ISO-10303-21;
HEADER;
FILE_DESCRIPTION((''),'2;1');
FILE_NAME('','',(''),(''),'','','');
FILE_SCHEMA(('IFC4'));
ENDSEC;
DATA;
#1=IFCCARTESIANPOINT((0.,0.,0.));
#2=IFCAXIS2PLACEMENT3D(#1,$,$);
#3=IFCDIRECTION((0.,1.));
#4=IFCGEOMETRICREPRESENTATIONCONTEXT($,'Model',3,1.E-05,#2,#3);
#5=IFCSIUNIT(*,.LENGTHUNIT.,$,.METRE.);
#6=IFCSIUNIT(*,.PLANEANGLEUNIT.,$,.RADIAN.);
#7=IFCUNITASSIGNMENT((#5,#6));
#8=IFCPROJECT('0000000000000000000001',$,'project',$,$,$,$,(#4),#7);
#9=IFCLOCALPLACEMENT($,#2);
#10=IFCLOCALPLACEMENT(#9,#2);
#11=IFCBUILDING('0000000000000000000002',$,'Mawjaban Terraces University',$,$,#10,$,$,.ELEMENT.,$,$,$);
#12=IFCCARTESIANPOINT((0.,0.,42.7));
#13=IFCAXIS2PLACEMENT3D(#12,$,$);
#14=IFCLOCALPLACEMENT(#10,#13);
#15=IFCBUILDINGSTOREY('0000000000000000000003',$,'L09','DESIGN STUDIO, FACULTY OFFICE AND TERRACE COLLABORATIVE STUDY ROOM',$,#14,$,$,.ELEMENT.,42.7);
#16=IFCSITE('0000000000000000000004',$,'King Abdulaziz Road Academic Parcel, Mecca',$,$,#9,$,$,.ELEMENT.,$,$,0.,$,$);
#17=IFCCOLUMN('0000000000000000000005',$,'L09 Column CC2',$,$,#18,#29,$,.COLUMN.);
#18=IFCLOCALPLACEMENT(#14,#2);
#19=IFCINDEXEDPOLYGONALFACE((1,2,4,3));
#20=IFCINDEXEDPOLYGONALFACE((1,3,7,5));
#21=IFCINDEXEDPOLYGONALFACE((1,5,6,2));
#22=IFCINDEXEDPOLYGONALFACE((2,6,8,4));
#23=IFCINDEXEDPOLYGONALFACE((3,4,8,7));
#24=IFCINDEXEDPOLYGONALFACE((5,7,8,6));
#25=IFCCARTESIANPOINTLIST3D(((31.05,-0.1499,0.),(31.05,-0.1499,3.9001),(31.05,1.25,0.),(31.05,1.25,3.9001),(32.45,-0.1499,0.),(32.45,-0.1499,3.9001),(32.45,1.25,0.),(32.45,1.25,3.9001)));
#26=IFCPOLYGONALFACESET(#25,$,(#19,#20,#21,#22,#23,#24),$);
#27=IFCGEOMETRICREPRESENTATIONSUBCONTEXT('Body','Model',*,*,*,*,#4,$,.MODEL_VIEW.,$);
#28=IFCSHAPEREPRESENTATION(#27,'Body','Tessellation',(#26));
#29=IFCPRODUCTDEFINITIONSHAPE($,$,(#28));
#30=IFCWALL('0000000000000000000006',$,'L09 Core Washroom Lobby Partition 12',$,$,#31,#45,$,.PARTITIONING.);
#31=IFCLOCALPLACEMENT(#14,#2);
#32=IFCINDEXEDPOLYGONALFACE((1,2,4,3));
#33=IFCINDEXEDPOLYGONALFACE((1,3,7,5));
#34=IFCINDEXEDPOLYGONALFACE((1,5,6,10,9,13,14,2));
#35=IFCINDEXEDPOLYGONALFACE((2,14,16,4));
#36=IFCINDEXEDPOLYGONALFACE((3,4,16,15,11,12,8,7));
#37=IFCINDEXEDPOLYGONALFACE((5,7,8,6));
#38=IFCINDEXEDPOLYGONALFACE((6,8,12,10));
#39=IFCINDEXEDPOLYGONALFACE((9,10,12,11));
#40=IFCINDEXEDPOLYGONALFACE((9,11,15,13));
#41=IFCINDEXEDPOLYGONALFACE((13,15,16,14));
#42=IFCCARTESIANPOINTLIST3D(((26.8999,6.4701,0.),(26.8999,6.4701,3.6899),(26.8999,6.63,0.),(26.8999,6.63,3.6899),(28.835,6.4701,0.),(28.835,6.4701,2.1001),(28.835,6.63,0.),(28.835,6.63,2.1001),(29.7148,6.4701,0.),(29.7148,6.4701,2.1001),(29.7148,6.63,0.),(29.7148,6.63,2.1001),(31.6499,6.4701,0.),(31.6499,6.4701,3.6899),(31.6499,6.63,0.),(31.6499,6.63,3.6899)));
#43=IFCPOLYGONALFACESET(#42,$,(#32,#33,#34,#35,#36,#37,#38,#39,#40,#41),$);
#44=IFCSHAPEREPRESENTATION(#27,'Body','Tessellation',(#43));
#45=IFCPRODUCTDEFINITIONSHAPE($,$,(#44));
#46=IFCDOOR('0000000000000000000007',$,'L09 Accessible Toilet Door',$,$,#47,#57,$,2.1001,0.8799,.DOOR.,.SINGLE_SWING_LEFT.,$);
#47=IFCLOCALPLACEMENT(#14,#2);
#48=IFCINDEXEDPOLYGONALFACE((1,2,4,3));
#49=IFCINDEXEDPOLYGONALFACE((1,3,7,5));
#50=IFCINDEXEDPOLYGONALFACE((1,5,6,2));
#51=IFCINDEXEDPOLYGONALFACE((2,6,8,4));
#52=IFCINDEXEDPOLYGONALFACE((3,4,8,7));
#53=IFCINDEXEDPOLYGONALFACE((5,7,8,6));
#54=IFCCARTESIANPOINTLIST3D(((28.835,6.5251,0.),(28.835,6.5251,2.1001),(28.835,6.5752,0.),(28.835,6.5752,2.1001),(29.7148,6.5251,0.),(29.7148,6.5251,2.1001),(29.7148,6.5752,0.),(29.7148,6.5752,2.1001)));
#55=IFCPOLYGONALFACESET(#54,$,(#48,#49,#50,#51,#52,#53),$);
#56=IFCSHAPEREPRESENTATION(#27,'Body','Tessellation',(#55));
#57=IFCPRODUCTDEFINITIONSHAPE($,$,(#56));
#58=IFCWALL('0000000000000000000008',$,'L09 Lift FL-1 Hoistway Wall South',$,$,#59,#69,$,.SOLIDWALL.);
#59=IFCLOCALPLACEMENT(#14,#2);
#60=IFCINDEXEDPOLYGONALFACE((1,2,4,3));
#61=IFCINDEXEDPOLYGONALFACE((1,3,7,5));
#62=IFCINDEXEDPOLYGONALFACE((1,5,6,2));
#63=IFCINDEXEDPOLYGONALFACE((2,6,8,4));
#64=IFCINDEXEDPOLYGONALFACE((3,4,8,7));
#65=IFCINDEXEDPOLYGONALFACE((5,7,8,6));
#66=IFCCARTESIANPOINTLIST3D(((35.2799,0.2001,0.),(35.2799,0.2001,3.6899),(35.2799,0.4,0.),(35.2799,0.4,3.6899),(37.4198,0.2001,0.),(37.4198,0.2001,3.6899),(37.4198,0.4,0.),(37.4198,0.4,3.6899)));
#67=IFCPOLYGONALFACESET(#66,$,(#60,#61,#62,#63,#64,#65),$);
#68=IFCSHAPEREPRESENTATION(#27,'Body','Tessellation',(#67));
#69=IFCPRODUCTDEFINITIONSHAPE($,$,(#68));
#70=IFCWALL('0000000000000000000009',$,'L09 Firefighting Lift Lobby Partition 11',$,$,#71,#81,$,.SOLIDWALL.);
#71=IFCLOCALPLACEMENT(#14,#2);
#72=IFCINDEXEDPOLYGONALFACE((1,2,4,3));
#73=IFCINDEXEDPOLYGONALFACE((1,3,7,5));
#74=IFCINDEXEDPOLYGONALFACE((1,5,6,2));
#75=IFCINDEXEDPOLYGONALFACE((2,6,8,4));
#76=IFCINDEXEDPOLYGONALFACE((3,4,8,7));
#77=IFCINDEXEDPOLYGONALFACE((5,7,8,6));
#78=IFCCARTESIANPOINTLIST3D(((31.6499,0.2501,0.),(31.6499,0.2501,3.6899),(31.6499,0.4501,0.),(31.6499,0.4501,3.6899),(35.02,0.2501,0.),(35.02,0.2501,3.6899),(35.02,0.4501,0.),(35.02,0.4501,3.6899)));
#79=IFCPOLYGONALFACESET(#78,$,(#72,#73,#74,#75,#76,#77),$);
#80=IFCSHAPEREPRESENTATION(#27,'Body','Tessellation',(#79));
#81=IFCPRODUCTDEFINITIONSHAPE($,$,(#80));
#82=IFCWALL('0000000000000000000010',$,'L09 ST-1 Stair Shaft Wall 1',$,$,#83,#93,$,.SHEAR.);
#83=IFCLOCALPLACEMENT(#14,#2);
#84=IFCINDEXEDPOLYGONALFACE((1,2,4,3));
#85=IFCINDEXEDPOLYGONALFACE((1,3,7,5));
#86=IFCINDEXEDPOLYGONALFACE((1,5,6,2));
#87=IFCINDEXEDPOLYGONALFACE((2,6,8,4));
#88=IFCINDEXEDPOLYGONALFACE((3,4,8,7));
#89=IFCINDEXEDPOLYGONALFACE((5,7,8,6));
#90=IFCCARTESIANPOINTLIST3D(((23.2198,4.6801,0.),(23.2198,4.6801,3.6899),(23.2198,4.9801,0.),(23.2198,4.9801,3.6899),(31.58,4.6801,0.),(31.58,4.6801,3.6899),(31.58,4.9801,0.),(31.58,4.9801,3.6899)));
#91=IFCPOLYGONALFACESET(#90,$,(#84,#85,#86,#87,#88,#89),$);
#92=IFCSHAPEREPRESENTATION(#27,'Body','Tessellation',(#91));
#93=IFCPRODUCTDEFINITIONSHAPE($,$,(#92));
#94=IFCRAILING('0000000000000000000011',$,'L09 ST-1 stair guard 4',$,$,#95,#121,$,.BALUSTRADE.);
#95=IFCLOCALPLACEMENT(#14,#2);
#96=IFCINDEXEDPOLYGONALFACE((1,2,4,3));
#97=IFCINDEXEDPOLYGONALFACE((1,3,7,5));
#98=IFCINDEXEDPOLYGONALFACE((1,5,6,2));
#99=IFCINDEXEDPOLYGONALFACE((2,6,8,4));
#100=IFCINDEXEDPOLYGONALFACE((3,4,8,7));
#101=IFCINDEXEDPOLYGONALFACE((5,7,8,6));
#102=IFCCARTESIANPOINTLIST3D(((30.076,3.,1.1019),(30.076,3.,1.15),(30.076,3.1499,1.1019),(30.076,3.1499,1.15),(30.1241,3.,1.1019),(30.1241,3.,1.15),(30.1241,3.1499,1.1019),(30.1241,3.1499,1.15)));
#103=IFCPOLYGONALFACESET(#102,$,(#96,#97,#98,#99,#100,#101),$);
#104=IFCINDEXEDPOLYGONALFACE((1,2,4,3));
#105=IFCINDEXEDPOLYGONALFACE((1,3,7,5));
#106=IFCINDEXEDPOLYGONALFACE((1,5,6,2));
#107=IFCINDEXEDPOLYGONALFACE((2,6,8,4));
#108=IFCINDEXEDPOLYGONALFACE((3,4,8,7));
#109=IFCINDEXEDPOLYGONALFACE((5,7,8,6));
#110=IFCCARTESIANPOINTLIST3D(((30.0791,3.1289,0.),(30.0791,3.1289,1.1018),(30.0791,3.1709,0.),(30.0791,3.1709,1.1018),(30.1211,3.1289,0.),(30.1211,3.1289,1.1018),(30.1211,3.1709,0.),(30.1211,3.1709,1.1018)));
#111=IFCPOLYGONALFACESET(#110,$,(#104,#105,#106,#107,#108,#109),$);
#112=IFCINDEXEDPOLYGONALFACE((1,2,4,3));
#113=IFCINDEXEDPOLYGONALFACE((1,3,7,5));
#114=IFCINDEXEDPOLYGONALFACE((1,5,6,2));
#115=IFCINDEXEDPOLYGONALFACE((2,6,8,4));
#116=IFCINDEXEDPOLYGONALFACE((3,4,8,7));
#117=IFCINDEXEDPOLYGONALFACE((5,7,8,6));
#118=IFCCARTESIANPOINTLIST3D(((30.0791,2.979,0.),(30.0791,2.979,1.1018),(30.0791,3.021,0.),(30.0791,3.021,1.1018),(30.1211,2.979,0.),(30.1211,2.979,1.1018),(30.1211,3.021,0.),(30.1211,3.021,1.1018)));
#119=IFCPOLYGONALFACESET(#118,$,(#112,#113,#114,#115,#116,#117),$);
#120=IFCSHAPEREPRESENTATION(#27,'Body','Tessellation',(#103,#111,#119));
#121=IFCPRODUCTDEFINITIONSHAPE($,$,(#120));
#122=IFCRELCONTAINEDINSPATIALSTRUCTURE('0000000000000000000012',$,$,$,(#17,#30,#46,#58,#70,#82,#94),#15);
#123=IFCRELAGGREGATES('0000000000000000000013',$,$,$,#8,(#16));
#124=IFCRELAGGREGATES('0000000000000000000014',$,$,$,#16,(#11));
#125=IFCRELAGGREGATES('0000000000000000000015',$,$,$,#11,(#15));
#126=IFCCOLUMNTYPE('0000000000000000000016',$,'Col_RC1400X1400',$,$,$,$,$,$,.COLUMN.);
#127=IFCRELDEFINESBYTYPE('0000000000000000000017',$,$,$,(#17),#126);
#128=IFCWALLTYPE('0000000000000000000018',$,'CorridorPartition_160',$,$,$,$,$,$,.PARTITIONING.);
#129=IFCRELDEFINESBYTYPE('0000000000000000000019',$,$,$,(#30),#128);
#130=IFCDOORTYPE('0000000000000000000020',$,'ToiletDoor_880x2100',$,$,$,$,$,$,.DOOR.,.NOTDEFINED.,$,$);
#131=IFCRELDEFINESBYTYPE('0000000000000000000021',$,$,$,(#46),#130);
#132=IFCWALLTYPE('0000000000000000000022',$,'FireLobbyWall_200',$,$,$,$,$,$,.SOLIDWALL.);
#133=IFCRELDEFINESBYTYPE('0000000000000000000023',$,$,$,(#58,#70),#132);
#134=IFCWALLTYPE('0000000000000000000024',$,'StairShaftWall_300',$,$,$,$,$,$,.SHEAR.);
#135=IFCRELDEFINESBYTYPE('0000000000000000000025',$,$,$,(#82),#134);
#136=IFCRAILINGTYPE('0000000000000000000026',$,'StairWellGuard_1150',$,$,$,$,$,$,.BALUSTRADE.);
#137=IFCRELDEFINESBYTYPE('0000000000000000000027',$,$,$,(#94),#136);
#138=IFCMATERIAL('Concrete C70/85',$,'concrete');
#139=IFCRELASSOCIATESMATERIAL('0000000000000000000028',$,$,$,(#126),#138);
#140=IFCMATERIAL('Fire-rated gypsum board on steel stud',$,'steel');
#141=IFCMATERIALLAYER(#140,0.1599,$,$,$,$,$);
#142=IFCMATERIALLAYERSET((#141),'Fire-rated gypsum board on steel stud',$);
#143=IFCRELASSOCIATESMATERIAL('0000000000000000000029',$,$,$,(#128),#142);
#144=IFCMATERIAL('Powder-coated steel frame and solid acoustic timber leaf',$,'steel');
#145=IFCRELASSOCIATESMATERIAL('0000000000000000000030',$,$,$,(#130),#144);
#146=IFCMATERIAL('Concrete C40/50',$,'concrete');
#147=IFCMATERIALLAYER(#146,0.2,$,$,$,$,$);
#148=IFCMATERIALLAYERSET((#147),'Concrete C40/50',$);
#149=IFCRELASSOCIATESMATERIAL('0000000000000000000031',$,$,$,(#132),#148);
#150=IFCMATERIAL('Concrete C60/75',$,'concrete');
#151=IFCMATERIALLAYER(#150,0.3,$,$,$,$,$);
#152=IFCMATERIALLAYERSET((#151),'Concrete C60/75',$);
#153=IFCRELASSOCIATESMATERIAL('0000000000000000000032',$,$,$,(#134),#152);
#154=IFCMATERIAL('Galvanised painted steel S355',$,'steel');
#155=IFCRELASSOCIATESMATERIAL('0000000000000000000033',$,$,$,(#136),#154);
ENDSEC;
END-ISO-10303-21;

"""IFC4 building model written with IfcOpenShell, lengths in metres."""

from ifc_helpers import new_model, si_unit, direction, frame, frame_2d, origin, origin_2d, place, context, subcontext, project, spatial, rectangle, extrude, material, layer, layer_set, material_profile, profile_set, type_object, element, fill, save


model = new_model("IFC4")

# Units and contexts
model_context = context("Model", 3, precision=1e-05, world=origin(), true_north=direction((0.0, 1.0)))
body_context = subcontext(model_context, "Body", "Model", "MODEL_VIEW")
ifc_project = project(units=[si_unit("LENGTHUNIT", "METRE"), si_unit("PLANEANGLEUNIT", "RADIAN")], contexts=[model_context])

# Site, building, storey
site_placement = place(None, origin())
site = spatial("IfcSite", under=ifc_project, at=site_placement, Name="King Abdulaziz Road Academic Parcel, Mecca", CompositionType="ELEMENT", RefElevation=0.0)
building_placement = place(site_placement, origin())
building = spatial("IfcBuilding", under=site, at=building_placement, Name="Mawjaban Terraces University", CompositionType="ELEMENT")
storey_placement = place(building_placement, frame((0.0, 0.0, 42.7)))
storey = spatial("IfcBuildingStorey", under=building, at=storey_placement, Name="L09", Description="DESIGN STUDIO, FACULTY OFFICE AND TERRACE COLLABORATIVE STUDY ROOM", CompositionType="ELEMENT", Elevation=42.7)

# Column
ifc_material_1 = material(Name="Concrete C70/85", Category="concrete")
ifc_material_profile = material_profile(ifc_material_1, rectangle(XDim=1.3999, YDim=1.3999, at=origin_2d()), Name="RC1400X1400")
ifc_profile_set = profile_set([ifc_material_profile], Name="Concrete C70/85")
column_type = type_object("IfcColumnType", Name="Col_RC1400X1400", PredefinedType="COLUMN", material=ifc_profile_set)
column_placement = place(storey_placement, frame((31.75, 0.55, 0.0), z_axis=(0.0, 0.0, 1.0), x_axis=(1.0, 0.0, 0.0)))
element("IfcColumn", 1, at=column_placement, inside=storey, type_object=column_type, Name="L09 Column CC2", PredefinedType="COLUMN", context=body_context, shape_type="SweptSolid", body=[
    extrude(rectangle(XDim=1.3999, YDim=1.3999, at=origin_2d()), origin(), (0.0, 0.0, 1.0), 3.9001),
])

# Wall, opening, door
ifc_material_2 = material(Name="Fire-rated gypsum board on steel stud", Category="steel")
ifc_layer_1 = layer(ifc_material_2, 0.1599)
ifc_layer_set_1 = layer_set([ifc_layer_1], Name="Fire-rated gypsum board on steel stud")
wall_type_1 = type_object("IfcWallType", Name="CorridorPartition_160", PredefinedType="PARTITIONING", material=ifc_layer_set_1)
wall_1_placement = place(storey_placement, frame((31.6499, 6.55, 0.0), z_axis=(0.0, 0.0, 1.0), x_axis=(-1.0, 0.0, 0.0)))
wall_1 = element("IfcWall", 2, at=wall_1_placement, inside=storey, type_object=wall_type_1, Name="L09 Core Washroom Lobby Partition 12", PredefinedType="PARTITIONING", context=body_context, shape_type="SweptSolid", body=[
    extrude(rectangle(XDim=4.75, YDim=0.1599, at=frame_2d((2.375, 0.0))), origin(), (0.0, 0.0, 1.0), 3.6899),
])
opening_1_placement = place(wall_1_placement, frame((1.9351, 0.0, 0.0)))
opening_1 = element("IfcOpeningElement", 3, at=opening_1_placement, cuts=wall_1, PredefinedType="OPENING", context=body_context, shape_type="SweptSolid", body=[
    extrude(rectangle(XDim=0.8799, YDim=2.1001, at=frame_2d((0.4399, 1.05))), frame((0.0, 0.0898, 0.0), z_axis=(0.0, -1.0, 0.0), x_axis=(1.0, 0.0, 0.0)), (0.0, 0.0, 1.0), 0.1799),
])
ifc_material_3 = material(Name="Powder-coated steel frame and solid acoustic timber leaf", Category="steel")
door_type_1 = type_object("IfcDoorType", Name="ToiletDoor_880x2100", OperationType="NOTDEFINED", PredefinedType="DOOR", material=ifc_material_3)
door_1_placement = place(opening_1_placement, origin())
door_1 = element("IfcDoor", 4, at=door_1_placement, inside=storey, type_object=door_type_1, Name="L09 Accessible Toilet Door", OperationType="SINGLE_SWING_LEFT", OverallHeight=2.1001, OverallWidth=0.8799, PredefinedType="DOOR", context=body_context, shape_type="SweptSolid", body=[
    extrude(rectangle(XDim=0.8799, YDim=2.1001, at=frame_2d((0.4399, 1.05))), frame((0.0, 0.0249, 0.0), z_axis=(0.0, -1.0, 0.0), x_axis=(1.0, 0.0, 0.0)), (0.0, 0.0, 1.0), 0.05),
])
fill(opening_1, door_1)
ifc_material_4 = material(Name="Concrete C40/50", Category="concrete")
ifc_layer_2 = layer(ifc_material_4, 0.2)
ifc_layer_set_2 = layer_set([ifc_layer_2], Name="Concrete C40/50")
wall_type_2 = type_object("IfcWallType", Name="FireLobbyWall_200", PredefinedType="SOLIDWALL", material=ifc_layer_set_2)

# Wall
wall_2_placement = place(storey_placement, frame((35.28, 0.3, 0.0), z_axis=(0.0, 0.0, 1.0), x_axis=(1.0, 0.0, 0.0)))
element("IfcWall", 5, at=wall_2_placement, inside=storey, type_object=wall_type_2, Name="L09 Lift FL-1 Hoistway Wall South", PredefinedType="SOLIDWALL", context=body_context, shape_type="SweptSolid", body=[
    extrude(rectangle(XDim=2.1399, YDim=0.2, at=frame_2d((1.0698, 0.0))), origin(), (0.0, 0.0, 1.0), 3.6899),
])

# Wall
wall_3_placement = place(storey_placement, frame((31.6499, 0.3501, 0.0), z_axis=(0.0, 0.0, 1.0), x_axis=(1.0, 0.0, 0.0)))
element("IfcWall", 6, at=wall_3_placement, inside=storey, type_object=wall_type_2, Name="L09 Firefighting Lift Lobby Partition 11", PredefinedType="SOLIDWALL", context=body_context, shape_type="SweptSolid", body=[
    extrude(rectangle(XDim=3.3701, YDim=0.2, at=frame_2d((1.6851, 0.0))), origin(), (0.0, 0.0, 1.0), 3.6899),
])

# Wall
ifc_material_5 = material(Name="Concrete C60/75", Category="concrete")
ifc_layer_3 = layer(ifc_material_5, 0.3)
ifc_layer_set_3 = layer_set([ifc_layer_3], Name="Concrete C60/75")
wall_type_3 = type_object("IfcWallType", Name="StairShaftWall_300", PredefinedType="SHEAR", material=ifc_layer_set_3)
wall_4_placement = place(storey_placement, frame((31.5801, 4.8301, 0.0), z_axis=(0.0, 0.0, 1.0), x_axis=(-1.0, 0.0, 0.0)))
element("IfcWall", 7, at=wall_4_placement, inside=storey, type_object=wall_type_3, Name="L09 ST-1 Stair Shaft Wall 1", PredefinedType="SHEAR", context=body_context, shape_type="SweptSolid", body=[
    extrude(rectangle(XDim=8.3601, YDim=0.3, at=frame_2d((4.1802, 0.0))), origin(), (0.0, 0.0, 1.0), 3.6899),
])

# Railing
ifc_material_6 = material(Name="Galvanised painted steel S355", Category="steel")
railing_type = type_object("IfcRailingType", Name="StairWellGuard_1150", PredefinedType="BALUSTRADE", material=ifc_material_6)
railing_placement = place(storey_placement, frame((30.1001, 3.1499, 0.0)))
element("IfcRailing", 8, at=railing_placement, inside=storey, type_object=railing_type, Name="L09 ST-1 stair guard 4", PredefinedType="BALUSTRADE", context=body_context, shape_type="SweptSolid", body=[
    extrude(rectangle(XDim=0.0481, YDim=0.0481, at=origin_2d()), frame((0.0, 0.0, 1.126), z_axis=(0.0, -1.0, 0.0), x_axis=(1.0, 0.0, 0.0)), (0.0, 0.0, 1.0), 0.1499),
    extrude(rectangle(XDim=0.042, YDim=0.042, at=origin_2d()), origin(), (0.0, 0.0, 1.0), 1.1018),
    extrude(rectangle(XDim=0.042, YDim=0.042, at=origin_2d()), frame((0.0, -0.1499, 0.0)), (0.0, 0.0, 1.0), 1.1018),
])

save(model, "model.ifc")
